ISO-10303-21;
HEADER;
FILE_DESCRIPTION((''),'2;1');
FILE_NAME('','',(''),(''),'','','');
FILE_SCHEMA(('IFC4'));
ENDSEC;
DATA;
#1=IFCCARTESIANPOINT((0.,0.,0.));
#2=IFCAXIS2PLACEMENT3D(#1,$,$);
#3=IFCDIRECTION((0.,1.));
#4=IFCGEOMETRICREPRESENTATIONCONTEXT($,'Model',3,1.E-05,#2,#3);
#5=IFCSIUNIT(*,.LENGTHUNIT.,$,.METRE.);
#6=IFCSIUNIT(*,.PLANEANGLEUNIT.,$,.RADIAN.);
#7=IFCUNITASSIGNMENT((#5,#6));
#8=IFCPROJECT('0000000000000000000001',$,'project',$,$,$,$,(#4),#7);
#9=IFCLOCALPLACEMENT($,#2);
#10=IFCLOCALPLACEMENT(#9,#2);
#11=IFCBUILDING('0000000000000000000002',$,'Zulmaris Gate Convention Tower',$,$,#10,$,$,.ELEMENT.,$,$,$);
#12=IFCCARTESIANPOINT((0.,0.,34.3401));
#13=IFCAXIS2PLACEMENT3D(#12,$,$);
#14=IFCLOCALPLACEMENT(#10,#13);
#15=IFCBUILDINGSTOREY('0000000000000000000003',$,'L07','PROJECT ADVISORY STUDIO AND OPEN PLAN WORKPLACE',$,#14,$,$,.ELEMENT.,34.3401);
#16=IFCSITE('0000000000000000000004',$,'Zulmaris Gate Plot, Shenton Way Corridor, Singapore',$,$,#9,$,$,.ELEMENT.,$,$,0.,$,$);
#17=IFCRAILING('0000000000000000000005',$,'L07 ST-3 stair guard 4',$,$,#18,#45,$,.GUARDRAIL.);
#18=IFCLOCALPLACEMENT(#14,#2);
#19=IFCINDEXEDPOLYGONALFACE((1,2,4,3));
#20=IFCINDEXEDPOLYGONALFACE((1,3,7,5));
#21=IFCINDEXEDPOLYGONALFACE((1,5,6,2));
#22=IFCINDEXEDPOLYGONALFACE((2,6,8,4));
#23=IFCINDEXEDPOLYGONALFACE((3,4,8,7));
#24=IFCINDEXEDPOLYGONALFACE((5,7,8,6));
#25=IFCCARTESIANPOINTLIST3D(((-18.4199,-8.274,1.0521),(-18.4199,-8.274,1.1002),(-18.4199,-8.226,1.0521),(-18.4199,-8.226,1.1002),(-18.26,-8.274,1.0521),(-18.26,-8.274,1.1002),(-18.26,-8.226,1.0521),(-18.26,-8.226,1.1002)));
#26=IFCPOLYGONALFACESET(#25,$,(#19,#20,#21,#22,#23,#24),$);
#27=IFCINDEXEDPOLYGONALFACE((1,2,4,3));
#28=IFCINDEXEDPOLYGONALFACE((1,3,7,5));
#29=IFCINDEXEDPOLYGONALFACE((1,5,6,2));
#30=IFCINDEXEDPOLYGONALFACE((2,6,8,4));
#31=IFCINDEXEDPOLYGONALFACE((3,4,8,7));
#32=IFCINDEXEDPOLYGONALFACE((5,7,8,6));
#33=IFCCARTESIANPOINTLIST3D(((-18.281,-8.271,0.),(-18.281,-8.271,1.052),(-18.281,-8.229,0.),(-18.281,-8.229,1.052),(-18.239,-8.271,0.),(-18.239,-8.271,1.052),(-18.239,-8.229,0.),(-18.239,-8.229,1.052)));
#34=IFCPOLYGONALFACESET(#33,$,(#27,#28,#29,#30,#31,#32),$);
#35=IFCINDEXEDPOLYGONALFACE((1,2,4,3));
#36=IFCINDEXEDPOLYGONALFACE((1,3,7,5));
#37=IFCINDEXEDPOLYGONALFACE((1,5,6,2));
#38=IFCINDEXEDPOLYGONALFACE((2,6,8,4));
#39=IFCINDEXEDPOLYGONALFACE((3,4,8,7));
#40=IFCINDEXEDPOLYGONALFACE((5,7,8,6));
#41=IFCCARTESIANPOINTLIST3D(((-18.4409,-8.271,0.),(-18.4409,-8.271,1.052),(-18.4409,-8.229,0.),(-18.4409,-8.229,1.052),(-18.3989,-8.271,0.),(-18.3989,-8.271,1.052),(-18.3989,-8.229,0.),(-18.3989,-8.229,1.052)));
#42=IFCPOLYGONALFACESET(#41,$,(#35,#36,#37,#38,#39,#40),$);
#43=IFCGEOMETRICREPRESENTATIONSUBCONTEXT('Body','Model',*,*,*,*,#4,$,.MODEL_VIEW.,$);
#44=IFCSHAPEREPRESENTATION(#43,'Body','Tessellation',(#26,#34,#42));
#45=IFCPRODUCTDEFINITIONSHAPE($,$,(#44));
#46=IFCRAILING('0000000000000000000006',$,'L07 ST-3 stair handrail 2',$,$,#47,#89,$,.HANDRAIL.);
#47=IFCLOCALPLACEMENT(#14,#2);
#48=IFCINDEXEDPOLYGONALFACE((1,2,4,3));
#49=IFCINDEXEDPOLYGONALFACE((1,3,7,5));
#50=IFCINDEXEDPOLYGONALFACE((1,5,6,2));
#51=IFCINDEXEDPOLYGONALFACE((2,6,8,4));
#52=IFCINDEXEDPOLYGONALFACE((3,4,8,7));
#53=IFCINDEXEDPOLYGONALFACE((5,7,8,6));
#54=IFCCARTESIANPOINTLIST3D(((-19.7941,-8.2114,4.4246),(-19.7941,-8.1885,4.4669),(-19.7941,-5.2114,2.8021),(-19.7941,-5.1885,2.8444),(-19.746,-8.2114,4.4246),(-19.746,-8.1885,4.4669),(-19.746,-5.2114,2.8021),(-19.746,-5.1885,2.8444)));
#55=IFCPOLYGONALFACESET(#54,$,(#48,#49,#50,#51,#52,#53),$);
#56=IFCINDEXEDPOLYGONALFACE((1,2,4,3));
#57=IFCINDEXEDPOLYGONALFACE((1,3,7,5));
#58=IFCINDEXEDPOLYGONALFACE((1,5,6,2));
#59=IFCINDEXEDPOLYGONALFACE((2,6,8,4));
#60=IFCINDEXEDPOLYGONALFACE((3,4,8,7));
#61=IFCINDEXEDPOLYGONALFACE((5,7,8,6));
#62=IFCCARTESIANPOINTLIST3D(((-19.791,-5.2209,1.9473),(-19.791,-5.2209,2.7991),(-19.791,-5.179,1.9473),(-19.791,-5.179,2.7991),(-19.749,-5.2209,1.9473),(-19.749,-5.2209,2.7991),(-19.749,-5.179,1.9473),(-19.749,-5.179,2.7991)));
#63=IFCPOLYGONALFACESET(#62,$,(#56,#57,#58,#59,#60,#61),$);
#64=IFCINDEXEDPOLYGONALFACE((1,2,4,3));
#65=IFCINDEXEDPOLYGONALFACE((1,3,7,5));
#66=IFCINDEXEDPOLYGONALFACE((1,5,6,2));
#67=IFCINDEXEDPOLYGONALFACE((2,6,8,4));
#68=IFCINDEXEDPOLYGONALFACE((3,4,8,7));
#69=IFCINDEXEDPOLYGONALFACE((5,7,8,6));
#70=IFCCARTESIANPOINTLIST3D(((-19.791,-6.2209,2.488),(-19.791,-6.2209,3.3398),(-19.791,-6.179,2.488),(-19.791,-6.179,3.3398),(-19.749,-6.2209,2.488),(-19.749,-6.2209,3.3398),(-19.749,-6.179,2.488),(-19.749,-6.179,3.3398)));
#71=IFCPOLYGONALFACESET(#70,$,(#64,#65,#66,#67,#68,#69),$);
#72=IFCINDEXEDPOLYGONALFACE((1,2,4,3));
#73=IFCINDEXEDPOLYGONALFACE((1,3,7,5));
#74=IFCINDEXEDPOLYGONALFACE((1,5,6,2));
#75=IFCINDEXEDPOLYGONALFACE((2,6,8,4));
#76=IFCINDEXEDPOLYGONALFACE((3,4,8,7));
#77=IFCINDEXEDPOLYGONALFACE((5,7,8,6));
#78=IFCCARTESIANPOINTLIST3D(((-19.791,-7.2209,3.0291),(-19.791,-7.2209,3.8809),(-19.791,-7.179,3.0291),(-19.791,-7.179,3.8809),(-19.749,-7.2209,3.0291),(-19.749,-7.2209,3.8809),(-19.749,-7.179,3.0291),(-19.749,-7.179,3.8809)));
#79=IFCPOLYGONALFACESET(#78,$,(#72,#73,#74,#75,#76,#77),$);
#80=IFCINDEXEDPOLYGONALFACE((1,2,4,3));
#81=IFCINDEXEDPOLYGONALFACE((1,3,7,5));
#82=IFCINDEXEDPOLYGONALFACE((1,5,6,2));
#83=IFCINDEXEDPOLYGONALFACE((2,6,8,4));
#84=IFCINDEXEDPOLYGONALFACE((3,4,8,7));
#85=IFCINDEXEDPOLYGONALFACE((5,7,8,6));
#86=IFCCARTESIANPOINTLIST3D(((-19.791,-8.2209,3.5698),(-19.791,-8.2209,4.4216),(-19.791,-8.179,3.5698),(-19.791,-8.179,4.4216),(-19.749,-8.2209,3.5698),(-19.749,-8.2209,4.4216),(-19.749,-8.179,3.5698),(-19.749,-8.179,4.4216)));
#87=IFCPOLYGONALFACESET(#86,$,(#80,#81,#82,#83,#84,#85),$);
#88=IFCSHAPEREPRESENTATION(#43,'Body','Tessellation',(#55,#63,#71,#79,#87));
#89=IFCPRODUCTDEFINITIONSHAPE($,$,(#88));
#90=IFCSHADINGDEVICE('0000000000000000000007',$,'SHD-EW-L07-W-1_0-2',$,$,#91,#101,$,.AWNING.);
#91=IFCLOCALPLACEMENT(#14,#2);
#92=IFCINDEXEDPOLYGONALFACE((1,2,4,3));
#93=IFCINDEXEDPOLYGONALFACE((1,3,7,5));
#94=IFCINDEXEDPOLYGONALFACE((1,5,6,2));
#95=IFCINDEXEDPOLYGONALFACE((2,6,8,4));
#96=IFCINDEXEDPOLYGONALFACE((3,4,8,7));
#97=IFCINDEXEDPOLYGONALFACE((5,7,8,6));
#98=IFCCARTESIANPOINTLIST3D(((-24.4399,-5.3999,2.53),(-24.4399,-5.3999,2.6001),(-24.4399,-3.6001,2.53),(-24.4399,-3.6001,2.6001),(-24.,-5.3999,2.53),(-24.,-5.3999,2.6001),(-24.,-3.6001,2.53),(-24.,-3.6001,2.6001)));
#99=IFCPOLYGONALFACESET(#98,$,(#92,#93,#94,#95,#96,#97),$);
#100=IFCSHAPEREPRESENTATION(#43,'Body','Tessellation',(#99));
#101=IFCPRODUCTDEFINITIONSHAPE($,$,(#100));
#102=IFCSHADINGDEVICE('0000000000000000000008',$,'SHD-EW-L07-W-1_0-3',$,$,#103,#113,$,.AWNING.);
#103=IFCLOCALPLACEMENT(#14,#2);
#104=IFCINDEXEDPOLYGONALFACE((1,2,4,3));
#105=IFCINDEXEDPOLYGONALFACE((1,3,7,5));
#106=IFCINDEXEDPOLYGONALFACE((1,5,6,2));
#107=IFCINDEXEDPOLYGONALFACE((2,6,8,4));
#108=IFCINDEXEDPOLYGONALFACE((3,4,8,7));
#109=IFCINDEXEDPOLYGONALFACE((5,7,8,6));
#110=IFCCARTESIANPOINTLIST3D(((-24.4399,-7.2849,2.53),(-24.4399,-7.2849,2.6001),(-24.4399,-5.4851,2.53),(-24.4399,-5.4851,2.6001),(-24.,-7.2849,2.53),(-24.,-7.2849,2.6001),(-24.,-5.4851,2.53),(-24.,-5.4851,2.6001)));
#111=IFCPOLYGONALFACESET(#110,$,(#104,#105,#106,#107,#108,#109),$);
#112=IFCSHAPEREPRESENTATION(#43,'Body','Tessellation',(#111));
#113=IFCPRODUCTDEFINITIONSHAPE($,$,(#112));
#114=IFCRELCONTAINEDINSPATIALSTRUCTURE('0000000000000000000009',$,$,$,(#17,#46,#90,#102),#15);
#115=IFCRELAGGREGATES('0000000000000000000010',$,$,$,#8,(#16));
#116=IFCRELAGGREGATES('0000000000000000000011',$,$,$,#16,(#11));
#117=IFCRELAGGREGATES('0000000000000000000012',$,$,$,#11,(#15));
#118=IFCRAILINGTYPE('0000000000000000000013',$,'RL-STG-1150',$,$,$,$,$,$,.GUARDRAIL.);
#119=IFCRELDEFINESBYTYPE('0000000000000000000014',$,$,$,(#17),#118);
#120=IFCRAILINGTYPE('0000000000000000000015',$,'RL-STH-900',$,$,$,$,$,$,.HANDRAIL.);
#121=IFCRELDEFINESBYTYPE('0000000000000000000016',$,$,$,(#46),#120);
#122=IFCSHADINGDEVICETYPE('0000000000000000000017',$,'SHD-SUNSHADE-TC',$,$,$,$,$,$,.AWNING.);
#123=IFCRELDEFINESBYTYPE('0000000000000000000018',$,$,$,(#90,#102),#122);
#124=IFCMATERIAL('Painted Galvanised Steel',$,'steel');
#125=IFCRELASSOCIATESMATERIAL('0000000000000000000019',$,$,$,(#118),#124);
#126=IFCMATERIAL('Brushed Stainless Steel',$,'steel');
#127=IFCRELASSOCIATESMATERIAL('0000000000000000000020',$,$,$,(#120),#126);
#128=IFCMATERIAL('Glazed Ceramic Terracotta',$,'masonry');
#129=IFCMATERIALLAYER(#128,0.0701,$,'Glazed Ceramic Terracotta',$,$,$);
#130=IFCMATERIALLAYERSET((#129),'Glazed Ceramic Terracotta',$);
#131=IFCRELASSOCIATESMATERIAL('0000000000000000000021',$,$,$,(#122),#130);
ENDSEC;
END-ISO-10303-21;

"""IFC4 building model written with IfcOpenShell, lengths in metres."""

from ifc_helpers import new_model, si_unit, direction, frame, frame_2d, origin, origin_2d, place, context, subcontext, project, spatial, rectangle, extrude, material, layer, layer_set, type_object, element, save


model = new_model("IFC4")

# Units and contexts
model_context = context("Model", 3, precision=1e-05, world=origin(), true_north=direction((0.0, 1.0)))
body_context = subcontext(model_context, "Body", "Model", "MODEL_VIEW")
ifc_project = project(units=[si_unit("LENGTHUNIT", "METRE"), si_unit("PLANEANGLEUNIT", "RADIAN")], contexts=[model_context])

# Site, building, storey
site_placement = place(None, origin())
site = spatial("IfcSite", under=ifc_project, at=site_placement, Name="Zulmaris Gate Plot, Shenton Way Corridor, Singapore", CompositionType="ELEMENT", RefElevation=0.0)
building_placement = place(site_placement, origin())
building = spatial("IfcBuilding", under=site, at=building_placement, Name="Zulmaris Gate Convention Tower", CompositionType="ELEMENT")
storey_placement = place(building_placement, frame((0.0, 0.0, 34.3401)))
storey = spatial("IfcBuildingStorey", under=building, at=storey_placement, Name="L07", Description="PROJECT ADVISORY STUDIO AND OPEN PLAN WORKPLACE", CompositionType="ELEMENT", Elevation=34.3401)

# Shared definitions
ifc_material_1 = material(Name="Brushed Stainless Steel", Category="steel")

# Railings
ifc_material_2 = material(Name="Painted Galvanised Steel", Category="steel")
railing_type_1 = type_object("IfcRailingType", Name="RL-STG-1150", PredefinedType="GUARDRAIL", material=ifc_material_2)
railing_1_placement = place(storey_placement, frame((-18.26, -8.25, 0.0)))
element("IfcRailing", 1, at=railing_1_placement, inside=storey, type_object=railing_type_1, Name="L07 ST-3 stair guard 4", PredefinedType="GUARDRAIL", context=body_context, shape_type="SweptSolid", body=[
    extrude(rectangle(XDim=0.0481, YDim=0.0481, at=origin_2d()), frame((0.0, 0.0, 1.0762), z_axis=(-1.0, 0.0, 0.0), x_axis=(0.0, -1.0, 0.0)), (0.0, 0.0, 1.0), 0.1599),
    extrude(rectangle(XDim=0.042, YDim=0.042, at=origin_2d()), origin(), (0.0, 0.0, 1.0), 1.052),
    extrude(rectangle(XDim=0.042, YDim=0.042, at=origin_2d()), frame((-0.1599, 0.0, 0.0)), (0.0, 0.0, 1.0), 1.052),
])
railing_type_2 = type_object("IfcRailingType", Name="RL-STH-900", PredefinedType="HANDRAIL", material=ifc_material_1)
railing_2_placement = place(storey_placement, frame((-19.77, -5.2, 1.9473)))
element("IfcRailing", 2, at=railing_2_placement, inside=storey, type_object=railing_type_2, Name="L07 ST-3 stair handrail 2", PredefinedType="HANDRAIL", context=body_context, shape_type="SweptSolid", body=[
    extrude(rectangle(XDim=0.0481, YDim=0.0481, at=origin_2d()), frame((0.0, 0.0, 0.876), z_axis=(0.0, -0.879592, 0.47573), x_axis=(1.0, 0.0, 0.0)), (0.0, 0.0, 1.0), 3.4106),
    extrude(rectangle(XDim=0.042, YDim=0.042, at=origin_2d()), origin(), (0.0, 0.0, 1.0), 0.8518),
    extrude(rectangle(XDim=0.042, YDim=0.042, at=origin_2d()), frame((0.0, -1.0, 0.5408)), (0.0, 0.0, 1.0), 0.8518),
    extrude(rectangle(XDim=0.042, YDim=0.042, at=origin_2d()), frame((0.0, -2.0, 1.0818)), (0.0, 0.0, 1.0), 0.8518),
    extrude(rectangle(XDim=0.042, YDim=0.042, at=origin_2d()), frame((0.0, -3.0, 1.6226)), (0.0, 0.0, 1.0), 0.8518),
])

# Shading devices
ifc_material_3 = material(Name="Glazed Ceramic Terracotta", Category="masonry")
ifc_layer_1 = layer(ifc_material_3, 0.0701, Name="Glazed Ceramic Terracotta")
ifc_layer_set_1 = layer_set([ifc_layer_1], Name="Glazed Ceramic Terracotta")
shading_device_type = type_object("IfcShadingDeviceType", Name="SHD-SUNSHADE-TC", PredefinedType="AWNING", material=ifc_layer_set_1)
for number, where, z_axis, x_axis, name in (
    (3, (-24.22, -3.6001, 2.53), (0.0, 0.0, 1.0), (0.0, -1.0, 0.0), "SHD-EW-L07-W-1_0-2"),
    (4, (-24.22, -5.4851, 2.53), (0.0, 0.0, 1.0), (0.0, -1.0, 0.0), "SHD-EW-L07-W-1_0-3"),
):
    element("IfcShadingDevice", number, at=place(storey_placement, frame(where, z_axis=z_axis, x_axis=x_axis)), inside=storey, type_object=shading_device_type, Name=name, PredefinedType="AWNING", context=body_context, shape_type="SweptSolid", body=[
        extrude(rectangle(XDim=1.7998, YDim=0.4399, at=frame_2d((0.8999, 0.0))), origin(), (0.0, 0.0, 1.0), 0.0701),
    ])

save(model, "model.ifc")
